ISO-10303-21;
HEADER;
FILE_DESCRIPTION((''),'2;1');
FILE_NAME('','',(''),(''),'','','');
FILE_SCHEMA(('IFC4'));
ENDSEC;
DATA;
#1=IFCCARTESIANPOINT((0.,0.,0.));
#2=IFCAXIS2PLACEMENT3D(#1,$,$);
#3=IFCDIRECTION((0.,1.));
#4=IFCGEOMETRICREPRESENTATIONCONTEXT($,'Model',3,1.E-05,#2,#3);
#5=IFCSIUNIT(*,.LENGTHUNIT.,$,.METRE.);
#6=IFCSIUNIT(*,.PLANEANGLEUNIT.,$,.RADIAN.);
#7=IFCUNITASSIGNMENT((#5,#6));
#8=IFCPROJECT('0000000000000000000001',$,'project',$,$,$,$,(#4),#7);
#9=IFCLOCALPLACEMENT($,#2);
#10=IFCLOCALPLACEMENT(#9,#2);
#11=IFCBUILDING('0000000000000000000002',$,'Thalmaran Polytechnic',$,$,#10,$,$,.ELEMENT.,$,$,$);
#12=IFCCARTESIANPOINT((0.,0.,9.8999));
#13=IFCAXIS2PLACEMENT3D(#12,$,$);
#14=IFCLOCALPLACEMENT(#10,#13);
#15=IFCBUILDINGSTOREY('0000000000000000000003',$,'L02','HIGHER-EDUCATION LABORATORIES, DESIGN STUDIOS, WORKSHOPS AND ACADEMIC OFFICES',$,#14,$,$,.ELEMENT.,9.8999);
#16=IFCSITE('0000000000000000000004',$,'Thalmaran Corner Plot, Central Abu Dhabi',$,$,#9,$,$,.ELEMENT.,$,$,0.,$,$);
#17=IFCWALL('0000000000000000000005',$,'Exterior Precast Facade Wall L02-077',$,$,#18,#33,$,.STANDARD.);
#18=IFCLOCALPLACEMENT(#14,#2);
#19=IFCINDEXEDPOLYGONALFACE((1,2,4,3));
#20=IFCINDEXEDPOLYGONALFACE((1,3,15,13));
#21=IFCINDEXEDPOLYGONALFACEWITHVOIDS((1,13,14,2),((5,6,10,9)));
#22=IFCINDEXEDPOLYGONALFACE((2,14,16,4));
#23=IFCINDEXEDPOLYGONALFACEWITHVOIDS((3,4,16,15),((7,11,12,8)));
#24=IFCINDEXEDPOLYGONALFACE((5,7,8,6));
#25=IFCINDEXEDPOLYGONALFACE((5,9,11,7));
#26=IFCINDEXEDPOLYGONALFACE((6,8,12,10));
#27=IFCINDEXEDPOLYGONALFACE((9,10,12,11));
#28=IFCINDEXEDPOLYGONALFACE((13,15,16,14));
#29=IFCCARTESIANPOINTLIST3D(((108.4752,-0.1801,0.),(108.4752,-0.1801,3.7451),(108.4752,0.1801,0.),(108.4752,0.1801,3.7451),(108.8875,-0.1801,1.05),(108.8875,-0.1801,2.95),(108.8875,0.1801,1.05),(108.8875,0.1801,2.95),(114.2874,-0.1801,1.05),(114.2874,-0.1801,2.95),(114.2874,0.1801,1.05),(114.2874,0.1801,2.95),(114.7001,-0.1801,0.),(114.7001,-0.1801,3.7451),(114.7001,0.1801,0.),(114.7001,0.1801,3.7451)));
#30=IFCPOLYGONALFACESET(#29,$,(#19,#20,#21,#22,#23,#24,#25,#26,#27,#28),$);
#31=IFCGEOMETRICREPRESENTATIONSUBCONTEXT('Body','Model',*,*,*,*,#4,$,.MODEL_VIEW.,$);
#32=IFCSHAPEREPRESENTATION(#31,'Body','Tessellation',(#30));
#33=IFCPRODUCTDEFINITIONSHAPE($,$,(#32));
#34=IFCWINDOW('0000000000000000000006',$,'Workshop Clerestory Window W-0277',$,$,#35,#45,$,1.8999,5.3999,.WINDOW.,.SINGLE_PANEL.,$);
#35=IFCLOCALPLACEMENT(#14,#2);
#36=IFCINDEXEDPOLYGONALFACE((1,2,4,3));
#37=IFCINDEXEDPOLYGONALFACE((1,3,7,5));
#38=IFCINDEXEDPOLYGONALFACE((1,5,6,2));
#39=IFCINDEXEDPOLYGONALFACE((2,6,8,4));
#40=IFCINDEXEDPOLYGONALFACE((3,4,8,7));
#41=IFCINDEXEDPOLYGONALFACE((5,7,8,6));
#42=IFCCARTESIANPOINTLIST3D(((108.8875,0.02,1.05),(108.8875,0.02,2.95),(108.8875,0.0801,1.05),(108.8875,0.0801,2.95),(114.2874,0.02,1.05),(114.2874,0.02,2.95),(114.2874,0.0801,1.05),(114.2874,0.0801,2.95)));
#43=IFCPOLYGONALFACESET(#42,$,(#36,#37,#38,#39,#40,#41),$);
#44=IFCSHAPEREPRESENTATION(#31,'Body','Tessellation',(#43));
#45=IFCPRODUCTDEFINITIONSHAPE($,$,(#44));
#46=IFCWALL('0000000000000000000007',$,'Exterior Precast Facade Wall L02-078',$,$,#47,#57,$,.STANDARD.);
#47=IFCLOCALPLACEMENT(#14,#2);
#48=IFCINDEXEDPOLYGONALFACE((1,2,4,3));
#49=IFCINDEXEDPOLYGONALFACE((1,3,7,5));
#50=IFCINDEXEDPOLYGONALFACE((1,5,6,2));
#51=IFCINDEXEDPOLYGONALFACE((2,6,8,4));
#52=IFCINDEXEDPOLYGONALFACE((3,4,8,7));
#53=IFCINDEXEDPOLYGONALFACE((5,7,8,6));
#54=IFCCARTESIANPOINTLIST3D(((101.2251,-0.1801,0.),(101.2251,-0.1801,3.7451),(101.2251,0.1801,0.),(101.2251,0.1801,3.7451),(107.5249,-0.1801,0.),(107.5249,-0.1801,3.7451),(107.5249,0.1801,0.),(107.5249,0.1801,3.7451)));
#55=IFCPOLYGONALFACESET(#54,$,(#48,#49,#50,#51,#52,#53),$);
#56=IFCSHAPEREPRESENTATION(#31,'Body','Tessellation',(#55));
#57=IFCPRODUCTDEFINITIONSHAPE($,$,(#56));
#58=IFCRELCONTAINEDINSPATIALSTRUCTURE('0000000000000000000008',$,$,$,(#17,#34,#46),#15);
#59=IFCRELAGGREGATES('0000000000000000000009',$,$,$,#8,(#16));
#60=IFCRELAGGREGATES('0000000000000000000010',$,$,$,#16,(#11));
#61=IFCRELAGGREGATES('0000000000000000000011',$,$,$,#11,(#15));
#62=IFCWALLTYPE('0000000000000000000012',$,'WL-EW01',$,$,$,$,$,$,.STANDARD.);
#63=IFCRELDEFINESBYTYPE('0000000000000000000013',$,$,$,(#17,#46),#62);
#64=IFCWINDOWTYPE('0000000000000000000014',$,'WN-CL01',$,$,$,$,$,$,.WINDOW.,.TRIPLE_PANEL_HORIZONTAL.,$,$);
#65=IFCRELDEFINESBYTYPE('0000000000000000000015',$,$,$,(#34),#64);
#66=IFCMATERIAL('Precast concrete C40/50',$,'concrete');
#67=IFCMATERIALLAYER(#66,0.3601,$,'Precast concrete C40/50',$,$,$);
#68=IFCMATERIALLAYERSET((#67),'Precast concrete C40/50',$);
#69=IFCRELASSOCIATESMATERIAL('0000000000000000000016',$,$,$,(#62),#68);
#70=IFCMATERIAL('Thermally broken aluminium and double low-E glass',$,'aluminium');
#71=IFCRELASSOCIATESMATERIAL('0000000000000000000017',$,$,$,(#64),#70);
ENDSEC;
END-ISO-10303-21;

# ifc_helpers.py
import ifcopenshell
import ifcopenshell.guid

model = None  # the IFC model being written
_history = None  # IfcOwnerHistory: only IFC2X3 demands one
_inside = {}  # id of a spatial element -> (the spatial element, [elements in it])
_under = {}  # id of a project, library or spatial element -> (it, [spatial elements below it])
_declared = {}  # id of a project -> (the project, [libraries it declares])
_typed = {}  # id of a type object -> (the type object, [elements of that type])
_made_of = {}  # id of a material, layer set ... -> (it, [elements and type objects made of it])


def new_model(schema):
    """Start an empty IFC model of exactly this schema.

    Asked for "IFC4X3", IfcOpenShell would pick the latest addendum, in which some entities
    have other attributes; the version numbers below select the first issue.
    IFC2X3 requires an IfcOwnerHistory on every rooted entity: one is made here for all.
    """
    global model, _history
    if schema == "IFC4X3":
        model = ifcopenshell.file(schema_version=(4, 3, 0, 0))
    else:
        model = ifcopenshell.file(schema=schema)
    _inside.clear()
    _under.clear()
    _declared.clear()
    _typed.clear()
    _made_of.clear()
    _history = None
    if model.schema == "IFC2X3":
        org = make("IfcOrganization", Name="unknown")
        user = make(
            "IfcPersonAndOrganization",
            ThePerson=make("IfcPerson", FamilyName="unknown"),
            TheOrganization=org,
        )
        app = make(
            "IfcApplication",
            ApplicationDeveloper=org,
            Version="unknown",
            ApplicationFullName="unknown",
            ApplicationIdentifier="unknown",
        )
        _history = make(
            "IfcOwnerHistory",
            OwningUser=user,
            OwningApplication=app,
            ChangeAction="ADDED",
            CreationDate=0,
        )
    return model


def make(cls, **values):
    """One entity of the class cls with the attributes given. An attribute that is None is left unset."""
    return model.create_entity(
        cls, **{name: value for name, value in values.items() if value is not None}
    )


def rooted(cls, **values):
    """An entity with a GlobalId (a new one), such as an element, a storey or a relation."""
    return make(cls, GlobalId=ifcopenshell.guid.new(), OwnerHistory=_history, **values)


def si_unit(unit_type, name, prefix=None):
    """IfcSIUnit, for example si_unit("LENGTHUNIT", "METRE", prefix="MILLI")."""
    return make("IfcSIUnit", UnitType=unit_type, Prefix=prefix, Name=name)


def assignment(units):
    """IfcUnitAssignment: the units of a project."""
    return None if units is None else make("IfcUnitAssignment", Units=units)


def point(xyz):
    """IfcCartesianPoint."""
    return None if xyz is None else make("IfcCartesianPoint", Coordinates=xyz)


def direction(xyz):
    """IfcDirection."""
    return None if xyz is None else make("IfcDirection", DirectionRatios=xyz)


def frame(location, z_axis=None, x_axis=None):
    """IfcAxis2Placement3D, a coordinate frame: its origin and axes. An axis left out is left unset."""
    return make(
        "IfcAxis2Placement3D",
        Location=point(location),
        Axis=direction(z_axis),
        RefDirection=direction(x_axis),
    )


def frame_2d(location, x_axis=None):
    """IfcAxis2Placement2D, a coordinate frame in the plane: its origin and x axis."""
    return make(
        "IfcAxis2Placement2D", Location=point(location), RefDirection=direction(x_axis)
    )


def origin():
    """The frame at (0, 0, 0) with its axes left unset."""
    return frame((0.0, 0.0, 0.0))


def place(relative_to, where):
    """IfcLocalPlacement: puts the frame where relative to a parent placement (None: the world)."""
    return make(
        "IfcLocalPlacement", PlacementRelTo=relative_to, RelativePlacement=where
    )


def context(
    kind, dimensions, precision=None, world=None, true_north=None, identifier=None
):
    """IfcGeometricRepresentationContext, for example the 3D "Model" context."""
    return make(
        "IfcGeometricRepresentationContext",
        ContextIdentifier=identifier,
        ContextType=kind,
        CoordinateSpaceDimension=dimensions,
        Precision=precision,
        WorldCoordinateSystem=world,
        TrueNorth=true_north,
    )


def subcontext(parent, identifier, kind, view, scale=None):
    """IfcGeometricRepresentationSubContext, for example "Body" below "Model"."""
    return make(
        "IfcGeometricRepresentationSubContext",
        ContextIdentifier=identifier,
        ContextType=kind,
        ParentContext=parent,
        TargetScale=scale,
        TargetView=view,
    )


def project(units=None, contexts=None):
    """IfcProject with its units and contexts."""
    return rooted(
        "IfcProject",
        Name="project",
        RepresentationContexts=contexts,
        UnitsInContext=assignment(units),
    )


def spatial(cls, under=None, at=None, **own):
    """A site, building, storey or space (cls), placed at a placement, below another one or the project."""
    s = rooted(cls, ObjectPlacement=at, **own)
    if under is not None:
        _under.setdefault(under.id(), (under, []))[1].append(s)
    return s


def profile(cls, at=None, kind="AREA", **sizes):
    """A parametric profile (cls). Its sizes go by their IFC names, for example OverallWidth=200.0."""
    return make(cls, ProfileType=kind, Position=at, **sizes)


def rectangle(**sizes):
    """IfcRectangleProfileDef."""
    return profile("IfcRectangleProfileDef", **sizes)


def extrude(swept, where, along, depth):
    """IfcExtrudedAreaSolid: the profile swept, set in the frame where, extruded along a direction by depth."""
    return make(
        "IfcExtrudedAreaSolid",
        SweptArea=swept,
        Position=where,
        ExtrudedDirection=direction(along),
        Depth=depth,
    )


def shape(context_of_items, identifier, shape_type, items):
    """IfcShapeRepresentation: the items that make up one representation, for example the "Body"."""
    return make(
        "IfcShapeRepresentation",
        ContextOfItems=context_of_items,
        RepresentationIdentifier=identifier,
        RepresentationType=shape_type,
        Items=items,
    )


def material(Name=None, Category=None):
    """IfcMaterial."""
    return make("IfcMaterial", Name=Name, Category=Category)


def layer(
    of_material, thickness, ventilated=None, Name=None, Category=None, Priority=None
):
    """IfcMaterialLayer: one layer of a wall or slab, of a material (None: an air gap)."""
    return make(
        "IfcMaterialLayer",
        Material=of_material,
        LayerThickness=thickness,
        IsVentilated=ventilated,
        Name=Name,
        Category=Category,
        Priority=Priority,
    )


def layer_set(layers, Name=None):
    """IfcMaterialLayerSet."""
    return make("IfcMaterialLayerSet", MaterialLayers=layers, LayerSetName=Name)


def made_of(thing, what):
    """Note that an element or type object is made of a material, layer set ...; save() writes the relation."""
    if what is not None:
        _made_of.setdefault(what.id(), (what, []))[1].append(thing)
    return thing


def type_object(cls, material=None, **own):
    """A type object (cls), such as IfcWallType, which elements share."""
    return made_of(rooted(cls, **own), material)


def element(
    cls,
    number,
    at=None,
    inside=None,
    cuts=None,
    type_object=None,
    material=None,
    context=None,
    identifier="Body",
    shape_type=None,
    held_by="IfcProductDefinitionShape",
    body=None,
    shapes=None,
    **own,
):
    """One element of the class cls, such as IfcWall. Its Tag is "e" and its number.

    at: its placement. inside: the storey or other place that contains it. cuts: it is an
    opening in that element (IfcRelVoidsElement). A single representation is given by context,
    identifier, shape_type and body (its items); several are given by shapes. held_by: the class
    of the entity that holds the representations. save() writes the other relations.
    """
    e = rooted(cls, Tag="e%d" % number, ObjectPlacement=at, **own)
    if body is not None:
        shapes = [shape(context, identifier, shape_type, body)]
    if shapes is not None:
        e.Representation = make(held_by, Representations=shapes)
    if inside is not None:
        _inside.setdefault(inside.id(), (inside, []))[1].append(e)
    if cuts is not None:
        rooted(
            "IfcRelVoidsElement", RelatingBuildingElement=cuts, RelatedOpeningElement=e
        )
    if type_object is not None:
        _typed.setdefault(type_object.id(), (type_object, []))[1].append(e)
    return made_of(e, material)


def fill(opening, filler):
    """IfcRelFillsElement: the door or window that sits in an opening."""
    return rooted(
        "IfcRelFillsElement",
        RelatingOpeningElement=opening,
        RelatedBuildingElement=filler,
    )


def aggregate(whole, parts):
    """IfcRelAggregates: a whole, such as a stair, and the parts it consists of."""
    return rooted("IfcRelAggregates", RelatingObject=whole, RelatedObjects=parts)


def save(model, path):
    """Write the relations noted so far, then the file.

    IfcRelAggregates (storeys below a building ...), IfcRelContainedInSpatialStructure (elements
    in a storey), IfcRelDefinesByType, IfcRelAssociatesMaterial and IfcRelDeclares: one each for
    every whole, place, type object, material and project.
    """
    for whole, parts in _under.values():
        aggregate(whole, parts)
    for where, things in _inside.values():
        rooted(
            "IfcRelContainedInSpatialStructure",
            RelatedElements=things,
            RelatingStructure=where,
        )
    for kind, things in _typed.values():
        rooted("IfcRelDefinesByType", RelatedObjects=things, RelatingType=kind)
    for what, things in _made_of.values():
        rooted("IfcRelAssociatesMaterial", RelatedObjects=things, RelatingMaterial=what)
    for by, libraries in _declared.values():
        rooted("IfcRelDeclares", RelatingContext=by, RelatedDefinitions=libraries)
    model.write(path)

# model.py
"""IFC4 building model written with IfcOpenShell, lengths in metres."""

from ifc_helpers import new_model, si_unit, direction, frame, frame_2d, origin, place, context, subcontext, project, spatial, rectangle, extrude, material, layer, layer_set, type_object, element, fill, save


model = new_model("IFC4")

# Units and contexts
model_context = context("Model", 3, precision=1e-05, world=origin(), true_north=direction((0.0, 1.0)))
body_context = subcontext(model_context, "Body", "Model", "MODEL_VIEW")
ifc_project = project(units=[si_unit("LENGTHUNIT", "METRE"), si_unit("PLANEANGLEUNIT", "RADIAN")], contexts=[model_context])

# Site, building, storey
site_placement = place(None, origin())
site = spatial("IfcSite", under=ifc_project, at=site_placement, Name="Thalmaran Corner Plot, Central Abu Dhabi", CompositionType="ELEMENT", RefElevation=0.0)
building_placement = place(site_placement, origin())
building = spatial("IfcBuilding", under=site, at=building_placement, Name="Thalmaran Polytechnic", CompositionType="ELEMENT")
storey_placement = place(building_placement, frame((0.0, 0.0, 9.8999)))
storey = spatial("IfcBuildingStorey", under=building, at=storey_placement, Name="L02", Description="HIGHER-EDUCATION LABORATORIES, DESIGN STUDIOS, WORKSHOPS AND ACADEMIC OFFICES", CompositionType="ELEMENT", Elevation=9.8999)

# Wall, opening, window
ifc_material_1 = material(Name="Precast concrete C40/50", Category="concrete")
ifc_layer_1 = layer(ifc_material_1, 0.3601, Name="Precast concrete C40/50")
ifc_layer_set_1 = layer_set([ifc_layer_1], Name="Precast concrete C40/50")
wall_type = type_object("IfcWallType", Name="WL-EW01", PredefinedType="STANDARD", material=ifc_layer_set_1)
ifc_material_2 = material(Name="Thermally broken aluminium and double low-E glass", Category="aluminium")
window_type = type_object("IfcWindowType", Name="WN-CL01", PartitioningType="TRIPLE_PANEL_HORIZONTAL", PredefinedType="WINDOW", material=ifc_material_2)
wall_1_placement = place(storey_placement, frame((114.7, 0.0, 0.0), z_axis=(0.0, 0.0, 1.0), x_axis=(-1.0, 0.0, 0.0)))
wall_1 = element("IfcWall", 1, at=wall_1_placement, inside=storey, type_object=wall_type, Name="Exterior Precast Facade Wall L02-077", PredefinedType="STANDARD", context=body_context, shape_type="SweptSolid", body=[
    extrude(rectangle(XDim=6.2249, YDim=0.3601, at=frame_2d((3.1123, 0.0))), origin(), (0.0, 0.0, 1.0), 3.7451),
])
opening_1_placement = place(wall_1_placement, frame((0.4126, 0.0, 1.05)))
opening_1 = element("IfcOpeningElement", 2, at=opening_1_placement, cuts=wall_1, PredefinedType="OPENING", context=body_context, shape_type="SweptSolid", body=[
    extrude(rectangle(XDim=5.3999, YDim=1.8999, at=frame_2d((2.7, 0.95))), frame((0.0, 0.1899, 0.0), z_axis=(0.0, -1.0, 0.0), x_axis=(1.0, 0.0, 0.0)), (0.0, 0.0, 1.0), 0.3801),
])
window_1_placement = place(opening_1_placement, origin())
window_1 = element("IfcWindow", 3, at=window_1_placement, inside=storey, type_object=window_type, Name="Workshop Clerestory Window W-0277", OverallHeight=1.8999, OverallWidth=5.3999, PartitioningType="SINGLE_PANEL", PredefinedType="WINDOW", context=body_context, shape_type="SweptSolid", body=[
    extrude(rectangle(XDim=5.3999, YDim=1.8999, at=frame_2d((2.7, 0.95))), frame((0.0, -0.02, 0.0), z_axis=(0.0, -1.0, 0.0), x_axis=(1.0, 0.0, 0.0)), (0.0, 0.0, 1.0), 0.0601),
])
fill(opening_1, window_1)

# Wall
wall_2_placement = place(storey_placement, frame((107.5249, 0.0, 0.0), z_axis=(0.0, 0.0, 1.0), x_axis=(-1.0, 0.0, 0.0)))
element("IfcWall", 4, at=wall_2_placement, inside=storey, type_object=wall_type, Name="Exterior Precast Facade Wall L02-078", PredefinedType="STANDARD", context=body_context, shape_type="SweptSolid", body=[
    extrude(rectangle(XDim=6.2998, YDim=0.3601, at=frame_2d((3.1499, 0.0))), origin(), (0.0, 0.0, 1.0), 3.7451),
])

save(model, "model.ifc")
